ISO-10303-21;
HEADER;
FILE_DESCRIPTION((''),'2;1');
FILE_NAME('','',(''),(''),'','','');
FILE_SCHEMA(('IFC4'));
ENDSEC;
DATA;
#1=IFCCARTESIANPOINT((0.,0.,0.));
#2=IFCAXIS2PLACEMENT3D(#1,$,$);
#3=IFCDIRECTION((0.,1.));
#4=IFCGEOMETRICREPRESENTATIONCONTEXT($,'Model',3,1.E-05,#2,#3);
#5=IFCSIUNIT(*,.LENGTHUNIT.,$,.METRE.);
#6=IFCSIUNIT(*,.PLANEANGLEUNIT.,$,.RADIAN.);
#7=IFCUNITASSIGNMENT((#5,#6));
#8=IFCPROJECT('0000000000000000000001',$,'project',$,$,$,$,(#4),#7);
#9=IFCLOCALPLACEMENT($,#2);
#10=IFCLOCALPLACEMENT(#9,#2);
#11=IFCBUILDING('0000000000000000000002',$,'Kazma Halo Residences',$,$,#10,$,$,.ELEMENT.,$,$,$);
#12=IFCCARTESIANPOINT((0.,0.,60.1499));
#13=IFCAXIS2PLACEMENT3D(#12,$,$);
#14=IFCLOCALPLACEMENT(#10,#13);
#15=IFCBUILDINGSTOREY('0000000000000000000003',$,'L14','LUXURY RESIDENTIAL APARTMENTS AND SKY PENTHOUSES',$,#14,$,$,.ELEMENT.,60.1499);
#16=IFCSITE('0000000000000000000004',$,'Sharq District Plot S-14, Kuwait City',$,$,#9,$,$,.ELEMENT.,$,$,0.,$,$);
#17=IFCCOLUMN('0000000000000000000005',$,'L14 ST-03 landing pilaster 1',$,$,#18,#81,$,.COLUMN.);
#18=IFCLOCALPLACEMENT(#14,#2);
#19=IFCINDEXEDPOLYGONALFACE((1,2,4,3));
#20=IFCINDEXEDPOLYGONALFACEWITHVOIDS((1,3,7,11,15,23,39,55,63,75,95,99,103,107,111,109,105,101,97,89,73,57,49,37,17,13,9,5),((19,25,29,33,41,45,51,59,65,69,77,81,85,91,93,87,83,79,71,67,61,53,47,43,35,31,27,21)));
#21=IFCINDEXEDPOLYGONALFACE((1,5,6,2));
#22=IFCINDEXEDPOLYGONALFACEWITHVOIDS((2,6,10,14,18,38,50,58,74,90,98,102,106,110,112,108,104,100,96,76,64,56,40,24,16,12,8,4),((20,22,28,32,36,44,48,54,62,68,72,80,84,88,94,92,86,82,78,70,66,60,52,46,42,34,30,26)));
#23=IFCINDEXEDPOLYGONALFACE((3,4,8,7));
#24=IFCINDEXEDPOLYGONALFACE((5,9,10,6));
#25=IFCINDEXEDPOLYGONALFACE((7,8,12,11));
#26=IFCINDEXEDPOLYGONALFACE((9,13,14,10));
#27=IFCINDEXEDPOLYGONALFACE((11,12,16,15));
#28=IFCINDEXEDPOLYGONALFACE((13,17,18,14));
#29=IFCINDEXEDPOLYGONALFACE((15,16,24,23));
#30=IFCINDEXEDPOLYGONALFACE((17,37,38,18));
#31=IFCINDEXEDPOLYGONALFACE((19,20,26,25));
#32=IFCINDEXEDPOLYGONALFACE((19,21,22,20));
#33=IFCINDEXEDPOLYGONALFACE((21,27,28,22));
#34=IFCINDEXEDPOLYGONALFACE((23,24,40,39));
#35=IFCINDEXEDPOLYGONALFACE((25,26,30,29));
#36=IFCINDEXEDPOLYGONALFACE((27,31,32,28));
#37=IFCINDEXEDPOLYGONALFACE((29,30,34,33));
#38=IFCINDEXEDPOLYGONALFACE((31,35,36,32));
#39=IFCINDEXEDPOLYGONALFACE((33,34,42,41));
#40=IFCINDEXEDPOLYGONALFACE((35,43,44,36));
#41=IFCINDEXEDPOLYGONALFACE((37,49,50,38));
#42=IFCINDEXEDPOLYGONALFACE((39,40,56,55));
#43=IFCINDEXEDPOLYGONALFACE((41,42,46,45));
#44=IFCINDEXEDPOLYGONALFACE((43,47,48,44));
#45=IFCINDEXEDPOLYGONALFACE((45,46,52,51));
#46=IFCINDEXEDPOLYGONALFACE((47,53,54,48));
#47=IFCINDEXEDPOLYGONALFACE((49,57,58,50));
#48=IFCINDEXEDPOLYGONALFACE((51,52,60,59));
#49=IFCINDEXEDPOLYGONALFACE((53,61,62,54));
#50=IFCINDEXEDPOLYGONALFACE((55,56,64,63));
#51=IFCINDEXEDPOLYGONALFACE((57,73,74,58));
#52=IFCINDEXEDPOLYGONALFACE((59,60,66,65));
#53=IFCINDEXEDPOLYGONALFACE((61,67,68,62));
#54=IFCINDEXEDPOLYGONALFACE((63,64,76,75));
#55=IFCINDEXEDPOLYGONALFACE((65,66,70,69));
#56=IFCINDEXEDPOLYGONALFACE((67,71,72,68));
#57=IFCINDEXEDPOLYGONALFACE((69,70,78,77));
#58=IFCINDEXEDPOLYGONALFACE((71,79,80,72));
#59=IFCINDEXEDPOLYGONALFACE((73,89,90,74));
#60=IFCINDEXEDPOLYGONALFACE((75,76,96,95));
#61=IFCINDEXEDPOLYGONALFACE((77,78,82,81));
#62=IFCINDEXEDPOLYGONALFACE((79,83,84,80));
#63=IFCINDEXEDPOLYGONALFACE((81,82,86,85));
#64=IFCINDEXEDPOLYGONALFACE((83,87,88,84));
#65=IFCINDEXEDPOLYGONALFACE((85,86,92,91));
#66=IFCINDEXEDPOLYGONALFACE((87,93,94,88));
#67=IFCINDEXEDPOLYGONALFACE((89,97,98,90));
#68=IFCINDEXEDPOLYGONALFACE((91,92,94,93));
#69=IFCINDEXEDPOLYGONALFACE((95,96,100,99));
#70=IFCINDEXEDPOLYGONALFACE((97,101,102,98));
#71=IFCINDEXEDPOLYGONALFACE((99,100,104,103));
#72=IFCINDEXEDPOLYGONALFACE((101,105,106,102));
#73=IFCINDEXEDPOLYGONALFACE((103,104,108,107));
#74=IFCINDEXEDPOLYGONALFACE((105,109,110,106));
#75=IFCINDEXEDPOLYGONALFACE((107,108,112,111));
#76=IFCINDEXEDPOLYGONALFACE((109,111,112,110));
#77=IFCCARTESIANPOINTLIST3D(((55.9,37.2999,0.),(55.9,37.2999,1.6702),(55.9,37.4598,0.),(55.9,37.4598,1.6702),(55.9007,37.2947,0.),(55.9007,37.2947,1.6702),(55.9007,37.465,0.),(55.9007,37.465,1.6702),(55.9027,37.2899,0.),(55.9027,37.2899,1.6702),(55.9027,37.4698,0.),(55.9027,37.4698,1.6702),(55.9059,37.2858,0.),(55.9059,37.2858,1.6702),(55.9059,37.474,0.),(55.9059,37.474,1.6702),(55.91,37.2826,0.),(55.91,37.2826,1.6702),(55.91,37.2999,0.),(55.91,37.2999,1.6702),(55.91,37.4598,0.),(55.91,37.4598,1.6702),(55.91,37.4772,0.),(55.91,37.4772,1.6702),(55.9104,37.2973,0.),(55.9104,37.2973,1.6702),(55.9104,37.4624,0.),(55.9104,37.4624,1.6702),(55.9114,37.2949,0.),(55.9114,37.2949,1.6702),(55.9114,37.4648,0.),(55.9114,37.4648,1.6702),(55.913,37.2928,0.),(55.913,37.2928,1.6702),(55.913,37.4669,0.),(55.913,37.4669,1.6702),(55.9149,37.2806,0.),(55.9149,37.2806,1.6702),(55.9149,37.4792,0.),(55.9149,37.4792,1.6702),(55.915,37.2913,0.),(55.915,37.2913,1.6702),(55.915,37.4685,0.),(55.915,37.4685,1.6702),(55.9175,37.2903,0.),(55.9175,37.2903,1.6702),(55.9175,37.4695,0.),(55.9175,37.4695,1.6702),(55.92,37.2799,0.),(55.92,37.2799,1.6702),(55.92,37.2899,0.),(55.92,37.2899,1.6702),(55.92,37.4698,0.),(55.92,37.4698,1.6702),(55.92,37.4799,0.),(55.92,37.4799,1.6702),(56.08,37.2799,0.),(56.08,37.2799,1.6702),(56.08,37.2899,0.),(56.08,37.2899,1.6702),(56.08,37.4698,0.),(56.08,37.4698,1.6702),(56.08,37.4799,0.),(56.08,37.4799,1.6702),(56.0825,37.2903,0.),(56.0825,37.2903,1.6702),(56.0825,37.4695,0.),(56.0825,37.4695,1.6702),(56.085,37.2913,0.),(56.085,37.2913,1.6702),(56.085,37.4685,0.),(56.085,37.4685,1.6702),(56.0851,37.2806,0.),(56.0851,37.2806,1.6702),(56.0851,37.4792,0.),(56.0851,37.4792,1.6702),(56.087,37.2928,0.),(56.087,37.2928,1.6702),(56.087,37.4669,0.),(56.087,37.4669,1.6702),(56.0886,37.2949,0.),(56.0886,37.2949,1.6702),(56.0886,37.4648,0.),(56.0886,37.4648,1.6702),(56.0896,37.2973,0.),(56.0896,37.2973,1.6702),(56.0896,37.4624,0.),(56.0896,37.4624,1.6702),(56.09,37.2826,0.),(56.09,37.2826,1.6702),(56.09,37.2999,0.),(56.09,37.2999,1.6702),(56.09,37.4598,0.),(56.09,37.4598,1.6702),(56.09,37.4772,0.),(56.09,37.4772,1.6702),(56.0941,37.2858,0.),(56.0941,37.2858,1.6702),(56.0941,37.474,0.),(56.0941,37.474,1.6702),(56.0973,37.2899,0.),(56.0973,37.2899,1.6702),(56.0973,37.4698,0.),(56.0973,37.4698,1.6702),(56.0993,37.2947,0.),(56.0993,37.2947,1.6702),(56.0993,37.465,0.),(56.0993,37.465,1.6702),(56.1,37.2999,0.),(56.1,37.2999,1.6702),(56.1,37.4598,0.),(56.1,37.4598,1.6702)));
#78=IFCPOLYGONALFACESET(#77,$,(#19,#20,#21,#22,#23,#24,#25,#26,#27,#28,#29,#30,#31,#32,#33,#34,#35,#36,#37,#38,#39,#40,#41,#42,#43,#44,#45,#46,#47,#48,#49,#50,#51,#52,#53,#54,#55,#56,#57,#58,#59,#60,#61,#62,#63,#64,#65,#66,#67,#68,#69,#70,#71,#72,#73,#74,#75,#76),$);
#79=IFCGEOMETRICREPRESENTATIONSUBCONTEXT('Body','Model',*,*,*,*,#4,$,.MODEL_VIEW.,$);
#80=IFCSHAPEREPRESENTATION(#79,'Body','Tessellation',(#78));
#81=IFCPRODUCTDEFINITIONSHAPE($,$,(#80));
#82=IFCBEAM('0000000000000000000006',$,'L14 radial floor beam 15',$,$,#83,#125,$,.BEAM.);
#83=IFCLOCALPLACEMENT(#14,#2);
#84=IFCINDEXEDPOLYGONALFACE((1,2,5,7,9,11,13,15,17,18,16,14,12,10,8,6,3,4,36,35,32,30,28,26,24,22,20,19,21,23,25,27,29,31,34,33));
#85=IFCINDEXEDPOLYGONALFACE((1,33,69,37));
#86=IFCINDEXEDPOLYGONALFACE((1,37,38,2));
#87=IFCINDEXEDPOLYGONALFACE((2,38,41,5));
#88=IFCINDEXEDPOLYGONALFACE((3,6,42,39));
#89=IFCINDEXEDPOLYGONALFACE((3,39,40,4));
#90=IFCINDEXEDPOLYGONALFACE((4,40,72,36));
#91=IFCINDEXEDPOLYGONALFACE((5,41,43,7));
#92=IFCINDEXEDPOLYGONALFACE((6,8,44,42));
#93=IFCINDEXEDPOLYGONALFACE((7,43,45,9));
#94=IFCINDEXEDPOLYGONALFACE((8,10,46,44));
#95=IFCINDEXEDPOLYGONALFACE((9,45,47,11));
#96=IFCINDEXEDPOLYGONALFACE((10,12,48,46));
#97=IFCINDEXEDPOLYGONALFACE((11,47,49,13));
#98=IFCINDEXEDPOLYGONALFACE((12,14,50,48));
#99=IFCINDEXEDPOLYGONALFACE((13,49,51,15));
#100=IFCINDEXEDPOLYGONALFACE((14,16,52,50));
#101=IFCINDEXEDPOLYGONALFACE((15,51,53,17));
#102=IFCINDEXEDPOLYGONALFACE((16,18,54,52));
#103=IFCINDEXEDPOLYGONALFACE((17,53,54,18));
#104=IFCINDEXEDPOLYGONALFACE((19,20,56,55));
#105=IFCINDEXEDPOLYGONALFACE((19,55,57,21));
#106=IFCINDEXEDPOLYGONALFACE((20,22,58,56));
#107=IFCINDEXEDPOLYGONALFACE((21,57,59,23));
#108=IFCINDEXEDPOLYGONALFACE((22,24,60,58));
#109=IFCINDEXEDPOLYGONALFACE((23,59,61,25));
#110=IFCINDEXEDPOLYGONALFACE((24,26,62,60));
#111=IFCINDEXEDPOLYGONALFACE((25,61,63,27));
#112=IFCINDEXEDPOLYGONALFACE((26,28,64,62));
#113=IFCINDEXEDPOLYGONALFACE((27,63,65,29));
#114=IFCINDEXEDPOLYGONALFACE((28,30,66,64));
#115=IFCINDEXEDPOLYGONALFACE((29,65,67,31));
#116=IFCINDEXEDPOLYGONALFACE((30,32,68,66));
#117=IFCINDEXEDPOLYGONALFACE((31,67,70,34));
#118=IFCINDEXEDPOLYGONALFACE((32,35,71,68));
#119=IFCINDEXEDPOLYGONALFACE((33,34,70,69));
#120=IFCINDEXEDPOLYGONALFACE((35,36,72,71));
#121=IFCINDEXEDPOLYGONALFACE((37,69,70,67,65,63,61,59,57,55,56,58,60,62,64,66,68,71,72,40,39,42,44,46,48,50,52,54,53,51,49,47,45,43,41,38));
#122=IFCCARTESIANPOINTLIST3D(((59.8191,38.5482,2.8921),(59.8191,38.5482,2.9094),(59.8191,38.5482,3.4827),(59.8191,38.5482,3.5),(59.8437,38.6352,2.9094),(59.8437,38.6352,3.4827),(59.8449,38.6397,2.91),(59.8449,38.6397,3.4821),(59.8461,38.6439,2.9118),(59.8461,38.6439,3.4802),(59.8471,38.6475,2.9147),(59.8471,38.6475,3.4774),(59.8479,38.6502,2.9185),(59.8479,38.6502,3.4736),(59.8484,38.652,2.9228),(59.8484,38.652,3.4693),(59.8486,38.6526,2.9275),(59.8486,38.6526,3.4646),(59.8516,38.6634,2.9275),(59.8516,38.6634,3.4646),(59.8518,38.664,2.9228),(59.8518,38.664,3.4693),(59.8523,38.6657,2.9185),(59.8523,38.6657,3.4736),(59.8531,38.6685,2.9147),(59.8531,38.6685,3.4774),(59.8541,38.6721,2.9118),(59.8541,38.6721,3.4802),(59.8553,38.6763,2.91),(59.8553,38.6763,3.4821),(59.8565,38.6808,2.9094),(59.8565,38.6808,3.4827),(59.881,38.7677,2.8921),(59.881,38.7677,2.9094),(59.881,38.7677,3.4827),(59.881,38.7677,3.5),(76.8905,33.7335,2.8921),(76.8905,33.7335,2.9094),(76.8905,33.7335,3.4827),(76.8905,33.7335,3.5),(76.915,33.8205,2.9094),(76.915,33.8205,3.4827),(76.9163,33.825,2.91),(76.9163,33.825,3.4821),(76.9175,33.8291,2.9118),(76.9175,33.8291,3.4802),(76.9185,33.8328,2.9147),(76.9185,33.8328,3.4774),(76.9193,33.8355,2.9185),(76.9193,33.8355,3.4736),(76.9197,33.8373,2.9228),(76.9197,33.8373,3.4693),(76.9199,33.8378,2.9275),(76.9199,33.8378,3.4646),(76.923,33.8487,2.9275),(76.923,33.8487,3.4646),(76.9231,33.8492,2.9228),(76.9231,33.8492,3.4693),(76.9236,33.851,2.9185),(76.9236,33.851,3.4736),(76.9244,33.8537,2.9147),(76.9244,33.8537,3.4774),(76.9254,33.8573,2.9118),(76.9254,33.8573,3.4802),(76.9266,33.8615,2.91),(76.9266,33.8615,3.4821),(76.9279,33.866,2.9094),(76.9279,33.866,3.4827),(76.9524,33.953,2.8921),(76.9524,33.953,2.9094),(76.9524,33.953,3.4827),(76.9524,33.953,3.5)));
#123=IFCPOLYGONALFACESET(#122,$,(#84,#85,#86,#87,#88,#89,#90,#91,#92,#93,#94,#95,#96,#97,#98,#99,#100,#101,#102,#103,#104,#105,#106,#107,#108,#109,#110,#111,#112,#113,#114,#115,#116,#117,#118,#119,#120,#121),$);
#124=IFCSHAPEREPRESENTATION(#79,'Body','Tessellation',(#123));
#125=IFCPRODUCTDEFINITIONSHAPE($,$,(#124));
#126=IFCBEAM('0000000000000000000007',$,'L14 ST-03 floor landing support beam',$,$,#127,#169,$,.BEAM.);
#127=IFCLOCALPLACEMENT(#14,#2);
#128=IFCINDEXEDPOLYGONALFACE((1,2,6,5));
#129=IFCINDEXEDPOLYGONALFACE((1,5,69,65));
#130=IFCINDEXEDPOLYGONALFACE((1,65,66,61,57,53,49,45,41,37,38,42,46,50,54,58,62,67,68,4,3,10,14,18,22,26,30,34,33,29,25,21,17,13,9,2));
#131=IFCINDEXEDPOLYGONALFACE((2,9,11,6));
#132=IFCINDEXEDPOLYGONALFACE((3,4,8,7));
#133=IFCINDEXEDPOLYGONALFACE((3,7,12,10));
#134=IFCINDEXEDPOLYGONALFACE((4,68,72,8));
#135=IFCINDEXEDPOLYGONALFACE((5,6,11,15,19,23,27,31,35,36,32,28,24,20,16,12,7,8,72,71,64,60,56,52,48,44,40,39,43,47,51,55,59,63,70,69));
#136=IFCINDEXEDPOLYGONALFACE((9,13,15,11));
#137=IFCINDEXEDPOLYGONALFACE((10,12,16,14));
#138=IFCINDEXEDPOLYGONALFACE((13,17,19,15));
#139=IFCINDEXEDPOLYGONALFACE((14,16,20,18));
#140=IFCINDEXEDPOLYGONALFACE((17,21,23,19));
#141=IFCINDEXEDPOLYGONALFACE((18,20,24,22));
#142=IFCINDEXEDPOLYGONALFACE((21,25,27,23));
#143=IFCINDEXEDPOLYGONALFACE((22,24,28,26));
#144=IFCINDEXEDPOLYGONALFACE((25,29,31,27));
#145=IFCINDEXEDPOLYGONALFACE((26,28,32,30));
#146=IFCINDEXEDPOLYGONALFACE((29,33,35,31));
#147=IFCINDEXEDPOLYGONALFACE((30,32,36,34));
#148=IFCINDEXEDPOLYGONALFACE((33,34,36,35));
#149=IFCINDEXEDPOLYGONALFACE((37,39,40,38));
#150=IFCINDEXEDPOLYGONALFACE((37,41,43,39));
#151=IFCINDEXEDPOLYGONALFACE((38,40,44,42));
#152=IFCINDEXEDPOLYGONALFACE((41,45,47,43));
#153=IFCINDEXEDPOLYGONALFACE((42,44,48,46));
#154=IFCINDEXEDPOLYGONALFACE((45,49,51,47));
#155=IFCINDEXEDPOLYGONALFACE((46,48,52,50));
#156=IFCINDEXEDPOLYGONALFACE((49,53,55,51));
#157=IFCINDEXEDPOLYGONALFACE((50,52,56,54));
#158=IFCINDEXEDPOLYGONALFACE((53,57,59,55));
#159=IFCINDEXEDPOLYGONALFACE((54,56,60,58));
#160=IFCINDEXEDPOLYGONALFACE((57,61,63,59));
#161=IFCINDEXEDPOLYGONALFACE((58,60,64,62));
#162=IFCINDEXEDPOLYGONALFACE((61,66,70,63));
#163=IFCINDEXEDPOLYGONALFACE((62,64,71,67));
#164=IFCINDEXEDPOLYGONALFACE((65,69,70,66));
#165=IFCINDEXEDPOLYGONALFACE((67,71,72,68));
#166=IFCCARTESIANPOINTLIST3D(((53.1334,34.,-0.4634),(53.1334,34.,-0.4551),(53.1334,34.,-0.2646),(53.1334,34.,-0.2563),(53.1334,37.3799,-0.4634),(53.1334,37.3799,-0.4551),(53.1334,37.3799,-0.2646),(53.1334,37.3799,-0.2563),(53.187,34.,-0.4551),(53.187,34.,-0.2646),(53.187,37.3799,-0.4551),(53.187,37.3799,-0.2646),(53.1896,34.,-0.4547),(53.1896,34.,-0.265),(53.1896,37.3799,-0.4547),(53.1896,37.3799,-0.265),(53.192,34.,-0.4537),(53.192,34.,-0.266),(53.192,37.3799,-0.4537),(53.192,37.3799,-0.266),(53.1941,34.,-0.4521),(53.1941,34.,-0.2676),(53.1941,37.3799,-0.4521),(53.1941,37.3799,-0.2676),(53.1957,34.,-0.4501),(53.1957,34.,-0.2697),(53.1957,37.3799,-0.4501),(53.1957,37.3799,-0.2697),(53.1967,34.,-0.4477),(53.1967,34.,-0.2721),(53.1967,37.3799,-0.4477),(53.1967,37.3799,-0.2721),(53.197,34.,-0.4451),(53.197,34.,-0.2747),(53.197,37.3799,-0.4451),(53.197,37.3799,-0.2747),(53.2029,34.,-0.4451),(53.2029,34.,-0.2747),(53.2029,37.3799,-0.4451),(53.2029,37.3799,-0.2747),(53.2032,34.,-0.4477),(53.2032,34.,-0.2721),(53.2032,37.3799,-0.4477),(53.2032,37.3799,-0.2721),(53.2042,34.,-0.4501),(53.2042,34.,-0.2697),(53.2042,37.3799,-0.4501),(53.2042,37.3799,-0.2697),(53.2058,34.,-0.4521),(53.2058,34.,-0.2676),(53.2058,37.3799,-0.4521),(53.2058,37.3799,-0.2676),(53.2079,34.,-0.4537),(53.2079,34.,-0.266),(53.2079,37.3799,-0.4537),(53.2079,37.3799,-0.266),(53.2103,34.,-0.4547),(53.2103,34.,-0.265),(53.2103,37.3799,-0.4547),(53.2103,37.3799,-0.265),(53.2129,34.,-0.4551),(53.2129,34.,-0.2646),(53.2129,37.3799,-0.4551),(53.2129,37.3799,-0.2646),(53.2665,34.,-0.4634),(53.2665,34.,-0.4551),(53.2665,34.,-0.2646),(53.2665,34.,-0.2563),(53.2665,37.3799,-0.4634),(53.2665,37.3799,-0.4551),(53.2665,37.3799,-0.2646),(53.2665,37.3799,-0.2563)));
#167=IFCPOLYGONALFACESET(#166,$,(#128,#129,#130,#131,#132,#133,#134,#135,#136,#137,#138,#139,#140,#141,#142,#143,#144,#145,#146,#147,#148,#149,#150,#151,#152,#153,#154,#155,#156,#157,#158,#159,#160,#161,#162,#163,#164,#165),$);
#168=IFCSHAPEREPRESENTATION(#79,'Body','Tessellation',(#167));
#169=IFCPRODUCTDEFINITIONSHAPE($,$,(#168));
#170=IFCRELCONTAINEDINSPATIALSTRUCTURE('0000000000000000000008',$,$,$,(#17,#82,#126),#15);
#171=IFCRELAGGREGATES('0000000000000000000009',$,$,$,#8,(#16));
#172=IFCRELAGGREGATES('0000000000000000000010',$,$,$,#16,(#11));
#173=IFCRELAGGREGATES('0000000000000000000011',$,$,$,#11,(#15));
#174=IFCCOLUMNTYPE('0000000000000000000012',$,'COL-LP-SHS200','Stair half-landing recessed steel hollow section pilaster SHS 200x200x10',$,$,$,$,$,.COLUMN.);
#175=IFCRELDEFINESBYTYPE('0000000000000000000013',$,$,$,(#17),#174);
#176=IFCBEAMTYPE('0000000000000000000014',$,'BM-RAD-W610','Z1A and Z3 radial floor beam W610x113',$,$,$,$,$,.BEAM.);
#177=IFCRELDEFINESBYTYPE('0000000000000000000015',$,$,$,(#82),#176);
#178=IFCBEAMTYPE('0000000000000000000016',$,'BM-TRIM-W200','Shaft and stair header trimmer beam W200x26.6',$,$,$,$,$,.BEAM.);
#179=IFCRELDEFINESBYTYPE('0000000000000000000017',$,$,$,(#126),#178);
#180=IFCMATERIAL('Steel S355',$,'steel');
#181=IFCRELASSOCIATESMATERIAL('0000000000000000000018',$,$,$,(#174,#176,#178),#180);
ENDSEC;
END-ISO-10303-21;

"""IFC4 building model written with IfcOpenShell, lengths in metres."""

from ifc_helpers import new_model, si_unit, direction, frame, origin, origin_2d, place, context, subcontext, project, spatial, hollow_rectangle, i_section, extrude, material, material_profile, profile_set, type_object, element, save


model = new_model("IFC4")

# Units and contexts
model_context = context("Model", 3, precision=1e-05, world=origin(), true_north=direction((0.0, 1.0)))
body_context = subcontext(model_context, "Body", "Model", "MODEL_VIEW")
ifc_project = project(units=[si_unit("LENGTHUNIT", "METRE"), si_unit("PLANEANGLEUNIT", "RADIAN")], contexts=[model_context])

# Site, building, storey
site_placement = place(None, origin())
site = spatial("IfcSite", under=ifc_project, at=site_placement, Name="Sharq District Plot S-14, Kuwait City", CompositionType="ELEMENT", RefElevation=0.0)
building_placement = place(site_placement, origin())
building = spatial("IfcBuilding", under=site, at=building_placement, Name="Kazma Halo Residences", CompositionType="ELEMENT")
storey_placement = place(building_placement, frame((0.0, 0.0, 60.1499)))
storey = spatial("IfcBuildingStorey", under=building, at=storey_placement, Name="L14", Description="LUXURY RESIDENTIAL APARTMENTS AND SKY PENTHOUSES", CompositionType="ELEMENT", Elevation=60.1499)

# Column
ifc_material_1 = material(Name="Steel S355", Category="steel")
ifc_material_profile_1 = material_profile(ifc_material_1, hollow_rectangle(XDim=0.2, YDim=0.2, WallThickness=0.01, InnerFilletRadius=0.01, OuterFilletRadius=0.02, at=origin_2d()), Name="SHS200x200x10")
ifc_profile_set_1 = profile_set([ifc_material_profile_1], Name="Steel S355")
column_type = type_object("IfcColumnType", Name="COL-LP-SHS200", Description="Stair half-landing recessed steel hollow section pilaster SHS 200x200x10", PredefinedType="COLUMN", material=ifc_profile_set_1)
column_placement = place(storey_placement, frame((56.0, 37.3799, 0.0), z_axis=(0.0, 0.0, 1.0), x_axis=(1.0, 0.0, 0.0)))
element("IfcColumn", 1, at=column_placement, inside=storey, type_object=column_type, Name="L14 ST-03 landing pilaster 1", PredefinedType="COLUMN", context=body_context, shape_type="SweptSolid", body=[
    extrude(hollow_rectangle(XDim=0.2, YDim=0.2, WallThickness=0.01, InnerFilletRadius=0.01, OuterFilletRadius=0.02, at=origin_2d()), origin(), (0.0, 0.0, 1.0), 1.6702),
])

# Beams
ifc_material_profile_2 = material_profile(ifc_material_1, i_section(OverallWidth=0.228, OverallDepth=0.6079, WebThickness=0.0112, FlangeThickness=0.0173, FilletRadius=0.0181, at=origin_2d()), Name="W610x113")
ifc_profile_set_2 = profile_set([ifc_material_profile_2], Name="Steel S355")
beam_type_1 = type_object("IfcBeamType", Name="BM-RAD-W610", Description="Z1A and Z3 radial floor beam W610x113", PredefinedType="BEAM", material=ifc_profile_set_2)
beam_1_placement = place(storey_placement, frame((59.8501, 38.658, 3.196), z_axis=(0.962454, -0.271445, 0.0), x_axis=(0.271445, 0.962454, 0.0)))
element("IfcBeam", 2, at=beam_1_placement, inside=storey, type_object=beam_type_1, Name="L14 radial floor beam 15", PredefinedType="BEAM", context=body_context, shape_type="SweptSolid", body=[
    extrude(i_section(OverallWidth=0.228, OverallDepth=0.6079, WebThickness=0.0112, FlangeThickness=0.0173, FilletRadius=0.0181, at=origin_2d()), origin(), (0.0, 0.0, 1.0), 17.7373),
])
ifc_material_profile_3 = material_profile(ifc_material_1, i_section(OverallWidth=0.1331, OverallDepth=0.207, WebThickness=0.0059, FlangeThickness=0.0083, FilletRadius=0.01, at=origin_2d()), Name="W200x26.6")
ifc_profile_set_3 = profile_set([ifc_material_profile_3], Name="Steel S355")
beam_type_2 = type_object("IfcBeamType", Name="BM-TRIM-W200", Description="Shaft and stair header trimmer beam W200x26.6", PredefinedType="BEAM", material=ifc_profile_set_3)
beam_2_placement = place(storey_placement, frame((53.2, 34.0, -0.3599), z_axis=(0.0, 1.0, 0.0), x_axis=(-1.0, 0.0, 0.0)))
element("IfcBeam", 3, at=beam_2_placement, inside=storey, type_object=beam_type_2, Name="L14 ST-03 floor landing support beam", PredefinedType="BEAM", context=body_context, shape_type="SweptSolid", body=[
    extrude(i_section(OverallWidth=0.1331, OverallDepth=0.207, WebThickness=0.0059, FlangeThickness=0.0083, FilletRadius=0.01, at=origin_2d()), origin(), (0.0, 0.0, 1.0), 3.3799),
])

save(model, "model.ifc")
